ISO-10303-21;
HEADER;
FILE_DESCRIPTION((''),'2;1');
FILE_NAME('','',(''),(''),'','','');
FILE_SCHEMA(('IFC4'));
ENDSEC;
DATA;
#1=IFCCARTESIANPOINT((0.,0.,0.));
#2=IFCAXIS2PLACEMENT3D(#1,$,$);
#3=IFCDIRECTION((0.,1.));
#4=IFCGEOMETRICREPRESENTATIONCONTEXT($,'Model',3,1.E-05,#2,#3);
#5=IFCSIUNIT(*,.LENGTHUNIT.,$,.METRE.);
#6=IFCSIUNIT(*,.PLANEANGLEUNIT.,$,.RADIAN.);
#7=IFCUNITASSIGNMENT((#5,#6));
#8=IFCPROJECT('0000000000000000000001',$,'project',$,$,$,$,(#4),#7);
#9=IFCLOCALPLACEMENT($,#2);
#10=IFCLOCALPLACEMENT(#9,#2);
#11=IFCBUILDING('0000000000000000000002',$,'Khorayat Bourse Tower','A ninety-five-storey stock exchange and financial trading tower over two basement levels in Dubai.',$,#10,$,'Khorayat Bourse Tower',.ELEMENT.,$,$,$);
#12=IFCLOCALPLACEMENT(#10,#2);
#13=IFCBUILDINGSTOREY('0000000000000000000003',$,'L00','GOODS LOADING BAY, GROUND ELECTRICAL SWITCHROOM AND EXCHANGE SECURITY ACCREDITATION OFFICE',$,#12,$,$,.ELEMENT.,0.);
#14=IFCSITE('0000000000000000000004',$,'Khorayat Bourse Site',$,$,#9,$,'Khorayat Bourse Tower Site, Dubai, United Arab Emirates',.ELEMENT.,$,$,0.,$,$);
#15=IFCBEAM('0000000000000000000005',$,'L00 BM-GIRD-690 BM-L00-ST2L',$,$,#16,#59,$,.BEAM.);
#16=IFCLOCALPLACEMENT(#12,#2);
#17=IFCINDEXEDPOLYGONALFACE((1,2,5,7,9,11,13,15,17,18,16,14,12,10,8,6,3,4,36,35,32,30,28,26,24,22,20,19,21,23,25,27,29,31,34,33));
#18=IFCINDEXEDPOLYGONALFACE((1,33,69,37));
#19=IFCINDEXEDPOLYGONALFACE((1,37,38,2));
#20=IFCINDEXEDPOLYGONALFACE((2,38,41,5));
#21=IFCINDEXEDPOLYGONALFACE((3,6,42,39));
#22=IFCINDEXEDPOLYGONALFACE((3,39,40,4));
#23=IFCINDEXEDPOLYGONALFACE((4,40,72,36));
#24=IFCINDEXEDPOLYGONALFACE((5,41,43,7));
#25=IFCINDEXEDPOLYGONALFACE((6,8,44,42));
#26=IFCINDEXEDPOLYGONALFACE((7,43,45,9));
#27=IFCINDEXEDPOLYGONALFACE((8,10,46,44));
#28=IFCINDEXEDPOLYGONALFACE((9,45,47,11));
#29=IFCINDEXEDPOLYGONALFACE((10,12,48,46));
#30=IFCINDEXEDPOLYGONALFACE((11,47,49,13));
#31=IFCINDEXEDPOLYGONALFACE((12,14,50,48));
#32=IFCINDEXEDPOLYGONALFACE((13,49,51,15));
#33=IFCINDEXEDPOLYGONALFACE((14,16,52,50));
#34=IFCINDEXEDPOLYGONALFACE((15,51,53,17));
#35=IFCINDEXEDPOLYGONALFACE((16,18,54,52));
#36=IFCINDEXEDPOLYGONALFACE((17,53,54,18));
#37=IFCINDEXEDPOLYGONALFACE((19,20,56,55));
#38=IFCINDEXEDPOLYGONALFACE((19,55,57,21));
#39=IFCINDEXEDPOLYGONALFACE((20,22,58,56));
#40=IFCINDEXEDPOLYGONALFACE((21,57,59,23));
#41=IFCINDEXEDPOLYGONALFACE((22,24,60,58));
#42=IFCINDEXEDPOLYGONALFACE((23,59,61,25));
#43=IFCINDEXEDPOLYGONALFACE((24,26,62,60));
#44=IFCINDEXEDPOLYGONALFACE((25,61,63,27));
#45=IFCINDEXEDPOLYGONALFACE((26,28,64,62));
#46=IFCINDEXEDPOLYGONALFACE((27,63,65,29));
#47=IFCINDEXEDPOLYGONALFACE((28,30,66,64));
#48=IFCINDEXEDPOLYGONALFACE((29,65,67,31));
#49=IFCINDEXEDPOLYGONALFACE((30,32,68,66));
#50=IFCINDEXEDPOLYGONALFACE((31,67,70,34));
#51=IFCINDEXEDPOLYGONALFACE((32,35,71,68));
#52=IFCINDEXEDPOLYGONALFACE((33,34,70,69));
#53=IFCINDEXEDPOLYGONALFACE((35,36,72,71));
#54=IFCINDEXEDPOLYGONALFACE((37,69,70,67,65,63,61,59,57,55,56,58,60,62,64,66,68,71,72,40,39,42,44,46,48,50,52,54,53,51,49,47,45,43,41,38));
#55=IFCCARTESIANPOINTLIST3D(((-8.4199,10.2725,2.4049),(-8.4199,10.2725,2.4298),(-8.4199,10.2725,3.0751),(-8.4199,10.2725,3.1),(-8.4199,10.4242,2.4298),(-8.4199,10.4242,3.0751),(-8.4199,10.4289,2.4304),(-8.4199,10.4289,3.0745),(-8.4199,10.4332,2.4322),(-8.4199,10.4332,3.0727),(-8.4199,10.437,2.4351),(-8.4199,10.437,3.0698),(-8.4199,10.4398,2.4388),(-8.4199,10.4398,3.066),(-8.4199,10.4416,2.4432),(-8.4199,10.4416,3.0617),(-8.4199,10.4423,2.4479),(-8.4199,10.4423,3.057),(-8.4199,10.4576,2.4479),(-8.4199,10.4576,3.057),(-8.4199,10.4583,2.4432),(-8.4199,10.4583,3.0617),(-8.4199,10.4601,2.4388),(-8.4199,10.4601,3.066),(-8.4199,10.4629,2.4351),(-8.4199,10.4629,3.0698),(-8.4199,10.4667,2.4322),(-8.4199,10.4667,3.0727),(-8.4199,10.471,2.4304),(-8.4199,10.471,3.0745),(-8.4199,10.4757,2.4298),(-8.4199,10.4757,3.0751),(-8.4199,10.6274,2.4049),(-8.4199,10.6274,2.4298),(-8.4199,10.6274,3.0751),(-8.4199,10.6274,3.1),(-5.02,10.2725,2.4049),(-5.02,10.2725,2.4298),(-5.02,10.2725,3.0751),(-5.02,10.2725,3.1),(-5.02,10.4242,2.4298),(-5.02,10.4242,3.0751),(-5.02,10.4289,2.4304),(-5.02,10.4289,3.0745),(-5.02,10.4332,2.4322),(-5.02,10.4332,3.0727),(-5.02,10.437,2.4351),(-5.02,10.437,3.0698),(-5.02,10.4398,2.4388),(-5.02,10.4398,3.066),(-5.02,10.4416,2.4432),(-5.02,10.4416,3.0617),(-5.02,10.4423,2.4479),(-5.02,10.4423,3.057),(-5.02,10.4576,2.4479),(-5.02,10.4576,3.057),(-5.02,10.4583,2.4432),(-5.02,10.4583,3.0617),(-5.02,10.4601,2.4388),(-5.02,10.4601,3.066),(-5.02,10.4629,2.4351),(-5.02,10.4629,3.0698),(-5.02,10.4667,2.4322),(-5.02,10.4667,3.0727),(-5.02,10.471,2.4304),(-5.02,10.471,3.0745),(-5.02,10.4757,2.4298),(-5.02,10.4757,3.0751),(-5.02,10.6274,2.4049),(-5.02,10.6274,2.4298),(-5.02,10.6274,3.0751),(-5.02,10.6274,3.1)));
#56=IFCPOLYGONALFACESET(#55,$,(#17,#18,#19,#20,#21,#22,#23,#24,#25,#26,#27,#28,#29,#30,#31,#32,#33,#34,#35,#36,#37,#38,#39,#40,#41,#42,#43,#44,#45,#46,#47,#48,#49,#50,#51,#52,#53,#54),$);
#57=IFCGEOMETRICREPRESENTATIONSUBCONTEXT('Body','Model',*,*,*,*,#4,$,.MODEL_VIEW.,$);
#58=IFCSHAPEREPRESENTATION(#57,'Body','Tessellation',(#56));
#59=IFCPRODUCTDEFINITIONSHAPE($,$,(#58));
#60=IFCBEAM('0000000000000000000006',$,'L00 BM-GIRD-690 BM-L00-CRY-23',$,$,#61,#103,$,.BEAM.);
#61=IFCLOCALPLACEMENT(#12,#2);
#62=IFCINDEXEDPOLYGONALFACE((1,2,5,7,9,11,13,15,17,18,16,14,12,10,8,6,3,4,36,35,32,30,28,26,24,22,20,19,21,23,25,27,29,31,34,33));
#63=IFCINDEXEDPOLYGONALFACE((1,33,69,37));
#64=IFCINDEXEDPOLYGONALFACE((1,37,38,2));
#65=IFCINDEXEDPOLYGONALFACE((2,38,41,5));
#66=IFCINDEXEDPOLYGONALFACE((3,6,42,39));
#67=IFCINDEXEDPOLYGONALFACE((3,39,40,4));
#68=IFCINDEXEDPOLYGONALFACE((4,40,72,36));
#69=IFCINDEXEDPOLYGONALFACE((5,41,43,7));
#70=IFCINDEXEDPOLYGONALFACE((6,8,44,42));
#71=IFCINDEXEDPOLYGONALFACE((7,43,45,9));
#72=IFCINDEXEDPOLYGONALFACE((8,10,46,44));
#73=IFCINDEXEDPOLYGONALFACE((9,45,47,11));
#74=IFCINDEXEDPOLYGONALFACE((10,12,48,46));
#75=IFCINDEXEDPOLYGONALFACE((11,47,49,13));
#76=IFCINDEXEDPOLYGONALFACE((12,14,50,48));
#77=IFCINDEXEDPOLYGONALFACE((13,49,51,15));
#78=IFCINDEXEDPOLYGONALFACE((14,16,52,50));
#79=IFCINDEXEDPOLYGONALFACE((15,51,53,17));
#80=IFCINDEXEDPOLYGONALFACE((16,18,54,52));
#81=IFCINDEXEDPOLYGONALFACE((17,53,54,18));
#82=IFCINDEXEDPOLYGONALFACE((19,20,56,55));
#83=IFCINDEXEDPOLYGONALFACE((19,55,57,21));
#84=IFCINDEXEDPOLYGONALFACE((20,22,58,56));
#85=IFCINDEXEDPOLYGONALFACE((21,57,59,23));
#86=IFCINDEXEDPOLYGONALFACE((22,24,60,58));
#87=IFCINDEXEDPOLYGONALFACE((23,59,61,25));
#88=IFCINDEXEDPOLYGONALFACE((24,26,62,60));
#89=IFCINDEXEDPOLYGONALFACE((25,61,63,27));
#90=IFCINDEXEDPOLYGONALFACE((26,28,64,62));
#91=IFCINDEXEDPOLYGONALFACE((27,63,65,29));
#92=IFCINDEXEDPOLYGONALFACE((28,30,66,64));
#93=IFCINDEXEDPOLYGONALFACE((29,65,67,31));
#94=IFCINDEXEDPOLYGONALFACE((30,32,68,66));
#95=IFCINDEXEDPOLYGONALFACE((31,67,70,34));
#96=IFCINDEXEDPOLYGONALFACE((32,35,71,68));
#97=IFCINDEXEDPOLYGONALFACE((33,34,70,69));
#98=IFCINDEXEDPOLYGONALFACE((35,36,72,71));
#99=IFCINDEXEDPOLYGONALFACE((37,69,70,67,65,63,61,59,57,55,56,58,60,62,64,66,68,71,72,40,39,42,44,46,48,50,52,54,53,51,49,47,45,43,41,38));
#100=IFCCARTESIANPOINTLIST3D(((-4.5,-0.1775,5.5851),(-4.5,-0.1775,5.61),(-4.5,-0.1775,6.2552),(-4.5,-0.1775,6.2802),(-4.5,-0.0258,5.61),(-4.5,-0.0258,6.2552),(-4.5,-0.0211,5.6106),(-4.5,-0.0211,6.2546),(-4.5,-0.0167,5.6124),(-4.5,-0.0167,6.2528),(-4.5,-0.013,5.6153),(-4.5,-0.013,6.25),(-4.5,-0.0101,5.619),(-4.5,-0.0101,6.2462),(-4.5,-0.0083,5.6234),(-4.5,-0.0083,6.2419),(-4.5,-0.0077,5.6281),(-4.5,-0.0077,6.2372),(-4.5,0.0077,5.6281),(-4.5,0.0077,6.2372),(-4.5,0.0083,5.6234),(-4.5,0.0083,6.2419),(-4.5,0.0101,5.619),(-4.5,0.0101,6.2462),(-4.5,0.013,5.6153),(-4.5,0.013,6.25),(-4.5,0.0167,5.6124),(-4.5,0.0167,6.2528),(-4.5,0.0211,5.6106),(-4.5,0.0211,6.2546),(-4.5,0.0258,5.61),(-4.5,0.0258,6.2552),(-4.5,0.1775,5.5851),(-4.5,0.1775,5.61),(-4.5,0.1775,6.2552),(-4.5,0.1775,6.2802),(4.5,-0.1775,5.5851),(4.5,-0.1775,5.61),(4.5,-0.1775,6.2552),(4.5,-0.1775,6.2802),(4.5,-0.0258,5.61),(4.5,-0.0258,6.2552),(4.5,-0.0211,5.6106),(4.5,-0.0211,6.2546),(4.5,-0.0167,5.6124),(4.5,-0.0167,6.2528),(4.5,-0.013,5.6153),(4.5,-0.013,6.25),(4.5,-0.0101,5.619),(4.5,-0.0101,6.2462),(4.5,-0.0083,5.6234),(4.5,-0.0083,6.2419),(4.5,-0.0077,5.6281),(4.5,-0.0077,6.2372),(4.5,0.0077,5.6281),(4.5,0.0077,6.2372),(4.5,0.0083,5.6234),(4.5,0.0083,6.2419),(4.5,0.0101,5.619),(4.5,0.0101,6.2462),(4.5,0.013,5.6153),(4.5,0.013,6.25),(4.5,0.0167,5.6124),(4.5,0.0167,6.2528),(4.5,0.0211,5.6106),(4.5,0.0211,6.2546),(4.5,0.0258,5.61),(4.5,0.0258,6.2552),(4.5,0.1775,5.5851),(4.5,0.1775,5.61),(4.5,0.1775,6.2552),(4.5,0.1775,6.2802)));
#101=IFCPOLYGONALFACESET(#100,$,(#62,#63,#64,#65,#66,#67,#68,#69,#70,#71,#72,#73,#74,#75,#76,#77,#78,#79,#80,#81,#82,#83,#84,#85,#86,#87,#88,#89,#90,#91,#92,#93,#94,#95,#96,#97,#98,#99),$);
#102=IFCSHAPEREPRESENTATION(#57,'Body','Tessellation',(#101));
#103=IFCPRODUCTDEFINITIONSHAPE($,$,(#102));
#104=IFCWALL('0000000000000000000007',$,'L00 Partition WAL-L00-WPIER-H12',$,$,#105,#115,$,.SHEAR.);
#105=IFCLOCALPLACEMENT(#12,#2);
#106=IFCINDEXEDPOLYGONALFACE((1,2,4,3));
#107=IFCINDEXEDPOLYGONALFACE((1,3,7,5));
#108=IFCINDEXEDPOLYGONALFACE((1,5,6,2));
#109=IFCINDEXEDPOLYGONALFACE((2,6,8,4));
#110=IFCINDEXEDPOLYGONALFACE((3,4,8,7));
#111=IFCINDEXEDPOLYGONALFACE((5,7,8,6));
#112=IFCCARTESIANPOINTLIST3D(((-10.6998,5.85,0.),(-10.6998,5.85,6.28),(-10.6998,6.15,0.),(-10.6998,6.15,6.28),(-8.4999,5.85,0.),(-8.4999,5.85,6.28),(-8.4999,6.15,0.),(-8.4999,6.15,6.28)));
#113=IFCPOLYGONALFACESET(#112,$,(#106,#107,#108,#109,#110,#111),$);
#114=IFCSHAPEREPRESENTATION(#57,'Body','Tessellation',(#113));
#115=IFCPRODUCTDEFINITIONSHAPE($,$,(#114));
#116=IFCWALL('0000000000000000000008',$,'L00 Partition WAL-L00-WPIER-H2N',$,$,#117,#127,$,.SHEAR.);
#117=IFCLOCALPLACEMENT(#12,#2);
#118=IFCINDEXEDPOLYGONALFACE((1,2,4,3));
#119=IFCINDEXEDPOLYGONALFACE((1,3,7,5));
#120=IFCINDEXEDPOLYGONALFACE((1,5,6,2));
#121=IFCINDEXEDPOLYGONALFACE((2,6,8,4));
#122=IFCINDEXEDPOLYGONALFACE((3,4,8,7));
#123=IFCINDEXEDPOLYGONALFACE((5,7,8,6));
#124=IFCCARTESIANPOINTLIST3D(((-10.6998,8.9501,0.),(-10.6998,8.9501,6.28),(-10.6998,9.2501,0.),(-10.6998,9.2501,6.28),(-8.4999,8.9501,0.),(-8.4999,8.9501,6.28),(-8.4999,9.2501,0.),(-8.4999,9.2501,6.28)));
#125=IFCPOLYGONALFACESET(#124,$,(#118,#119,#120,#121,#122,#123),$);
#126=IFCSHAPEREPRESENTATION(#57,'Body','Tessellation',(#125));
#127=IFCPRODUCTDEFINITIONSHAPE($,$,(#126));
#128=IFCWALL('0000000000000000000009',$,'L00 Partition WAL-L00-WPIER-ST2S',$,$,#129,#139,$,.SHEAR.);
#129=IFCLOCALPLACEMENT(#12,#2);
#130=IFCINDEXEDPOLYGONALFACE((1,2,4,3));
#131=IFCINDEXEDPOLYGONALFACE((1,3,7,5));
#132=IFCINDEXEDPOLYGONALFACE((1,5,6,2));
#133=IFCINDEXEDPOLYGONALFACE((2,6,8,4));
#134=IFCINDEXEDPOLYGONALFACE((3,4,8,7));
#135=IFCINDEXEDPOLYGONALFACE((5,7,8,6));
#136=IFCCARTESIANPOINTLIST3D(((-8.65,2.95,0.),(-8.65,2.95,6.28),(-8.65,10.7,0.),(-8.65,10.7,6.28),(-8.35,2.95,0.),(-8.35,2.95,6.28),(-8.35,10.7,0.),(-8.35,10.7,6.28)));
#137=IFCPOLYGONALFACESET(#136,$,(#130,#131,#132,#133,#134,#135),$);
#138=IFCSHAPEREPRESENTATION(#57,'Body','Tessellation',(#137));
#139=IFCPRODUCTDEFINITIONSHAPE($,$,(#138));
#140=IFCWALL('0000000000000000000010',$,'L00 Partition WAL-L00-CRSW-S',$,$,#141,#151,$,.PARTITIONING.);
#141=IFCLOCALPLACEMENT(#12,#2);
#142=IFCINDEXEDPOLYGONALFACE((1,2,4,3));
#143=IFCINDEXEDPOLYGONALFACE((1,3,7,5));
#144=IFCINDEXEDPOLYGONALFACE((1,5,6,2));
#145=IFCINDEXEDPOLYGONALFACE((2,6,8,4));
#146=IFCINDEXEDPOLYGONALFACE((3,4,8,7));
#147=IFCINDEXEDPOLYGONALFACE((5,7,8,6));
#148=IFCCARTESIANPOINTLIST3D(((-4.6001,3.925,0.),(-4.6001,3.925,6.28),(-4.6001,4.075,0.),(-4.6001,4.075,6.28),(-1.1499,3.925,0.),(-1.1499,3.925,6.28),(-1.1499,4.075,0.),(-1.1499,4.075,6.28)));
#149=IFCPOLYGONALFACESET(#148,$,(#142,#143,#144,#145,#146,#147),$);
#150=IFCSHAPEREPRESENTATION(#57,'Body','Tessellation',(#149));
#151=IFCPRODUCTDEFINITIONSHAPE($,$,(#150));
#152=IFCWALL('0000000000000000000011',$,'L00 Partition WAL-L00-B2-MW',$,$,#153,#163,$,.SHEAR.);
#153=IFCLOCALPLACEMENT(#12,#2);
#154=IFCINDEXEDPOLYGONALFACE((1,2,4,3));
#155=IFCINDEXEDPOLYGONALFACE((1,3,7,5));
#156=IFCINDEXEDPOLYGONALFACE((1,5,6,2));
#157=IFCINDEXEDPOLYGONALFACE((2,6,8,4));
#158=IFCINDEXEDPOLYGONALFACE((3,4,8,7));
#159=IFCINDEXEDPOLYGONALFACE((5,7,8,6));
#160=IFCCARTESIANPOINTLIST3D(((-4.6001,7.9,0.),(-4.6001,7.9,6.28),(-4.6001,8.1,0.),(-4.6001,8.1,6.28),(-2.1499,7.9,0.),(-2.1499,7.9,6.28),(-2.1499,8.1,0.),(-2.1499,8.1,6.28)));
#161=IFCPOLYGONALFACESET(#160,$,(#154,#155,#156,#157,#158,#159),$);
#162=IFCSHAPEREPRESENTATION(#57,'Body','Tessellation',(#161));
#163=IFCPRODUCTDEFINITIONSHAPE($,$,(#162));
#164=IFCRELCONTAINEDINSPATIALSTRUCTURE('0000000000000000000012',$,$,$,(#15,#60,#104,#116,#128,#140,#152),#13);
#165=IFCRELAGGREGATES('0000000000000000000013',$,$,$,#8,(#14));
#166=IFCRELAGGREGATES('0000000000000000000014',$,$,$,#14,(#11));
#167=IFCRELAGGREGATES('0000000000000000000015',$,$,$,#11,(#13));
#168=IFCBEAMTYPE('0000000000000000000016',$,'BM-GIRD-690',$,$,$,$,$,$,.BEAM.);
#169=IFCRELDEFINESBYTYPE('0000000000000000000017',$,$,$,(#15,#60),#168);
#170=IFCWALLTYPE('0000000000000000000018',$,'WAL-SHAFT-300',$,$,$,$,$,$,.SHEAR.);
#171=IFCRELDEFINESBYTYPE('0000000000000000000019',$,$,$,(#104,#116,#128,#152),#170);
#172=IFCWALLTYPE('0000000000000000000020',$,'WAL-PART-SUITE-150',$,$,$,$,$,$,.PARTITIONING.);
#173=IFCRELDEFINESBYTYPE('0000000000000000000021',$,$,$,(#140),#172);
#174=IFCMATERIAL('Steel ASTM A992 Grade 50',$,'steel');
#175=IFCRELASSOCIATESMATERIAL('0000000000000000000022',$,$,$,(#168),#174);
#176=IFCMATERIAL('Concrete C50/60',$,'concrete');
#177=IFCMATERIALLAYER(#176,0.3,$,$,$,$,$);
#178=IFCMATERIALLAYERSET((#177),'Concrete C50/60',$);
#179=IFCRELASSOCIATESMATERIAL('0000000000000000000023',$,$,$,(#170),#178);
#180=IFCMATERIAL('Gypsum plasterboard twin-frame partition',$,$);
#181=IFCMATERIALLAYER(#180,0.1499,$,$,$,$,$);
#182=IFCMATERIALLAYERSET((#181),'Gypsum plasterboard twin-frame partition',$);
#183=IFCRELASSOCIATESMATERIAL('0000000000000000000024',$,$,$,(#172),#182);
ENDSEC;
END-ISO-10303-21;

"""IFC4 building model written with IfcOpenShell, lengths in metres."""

from ifc_helpers import new_model, si_unit, direction, frame, frame_2d, origin, origin_2d, place, context, subcontext, project, spatial, rectangle, i_section, extrude, source, transform, mapped, material, layer, layer_set, material_profile, profile_set, type_object, element, save


model = new_model("IFC4")

# Units and contexts
model_context = context("Model", 3, precision=1e-05, world=origin(), true_north=direction((0.0, 1.0)))
body_context = subcontext(model_context, "Body", "Model", "MODEL_VIEW")
ifc_project = project(units=[si_unit("LENGTHUNIT", "METRE"), si_unit("PLANEANGLEUNIT", "RADIAN")], contexts=[model_context])

# Site, building, storey
site_placement = place(None, origin())
site = spatial("IfcSite", under=ifc_project, at=site_placement, Name="Khorayat Bourse Site", LongName="Khorayat Bourse Tower Site, Dubai, United Arab Emirates", CompositionType="ELEMENT", RefElevation=0.0)
building_placement = place(site_placement, origin())
building = spatial("IfcBuilding", under=site, at=building_placement, Name="Khorayat Bourse Tower", Description="A ninety-five-storey stock exchange and financial trading tower over two basement levels in Dubai.", LongName="Khorayat Bourse Tower", CompositionType="ELEMENT")
storey_placement = place(building_placement, origin())
storey = spatial("IfcBuildingStorey", under=building, at=storey_placement, Name="L00", Description="GOODS LOADING BAY, GROUND ELECTRICAL SWITCHROOM AND EXCHANGE SECURITY ACCREDITATION OFFICE", CompositionType="ELEMENT", Elevation=0.0)

# Beams
ifc_material_1 = material(Name="Steel ASTM A992 Grade 50", Category="steel")
ifc_material_profile_1 = material_profile(ifc_material_1, i_section(OverallWidth=0.355, OverallDepth=0.6951, WebThickness=0.0154, FlangeThickness=0.0249, FilletRadius=0.0181, at=origin_2d()), Name="W690X217")
ifc_profile_set_1 = profile_set([ifc_material_profile_1], Name="Steel ASTM A992 Grade 50")
beam_type = type_object("IfcBeamType", Name="BM-GIRD-690", PredefinedType="BEAM", material=ifc_profile_set_1)
shared_shape_1 = source(origin(), body_context, "Body", "SweptSolid", [
    extrude(i_section(OverallWidth=0.355, OverallDepth=0.6951, WebThickness=0.0154, FlangeThickness=0.0249, FilletRadius=0.0181, at=origin_2d()), origin(), (0.0, 0.0, 1.0), 3.3999),
])
beam_1_placement = place(storey_placement, frame((-8.4199, 10.45, 2.7524), z_axis=(1.0, 0.0, 0.0), x_axis=(0.0, 1.0, 0.0)))
element("IfcBeam", 1, at=beam_1_placement, inside=storey, type_object=beam_type, Name="L00 BM-GIRD-690 BM-L00-ST2L", PredefinedType="BEAM", context=body_context, shape_type="MappedRepresentation", body=[
    mapped(shared_shape_1, transform((0.0, 0.0, 0.0), scale=1.0)),
])
shared_shape_2 = source(origin(), body_context, "Body", "SweptSolid", [
    extrude(i_section(OverallWidth=0.355, OverallDepth=0.6951, WebThickness=0.0154, FlangeThickness=0.0249, FilletRadius=0.0181, at=origin_2d()), origin(), (0.0, 0.0, 1.0), 9.0),
])
beam_2_placement = place(storey_placement, frame((-4.5, 0.0, 5.9326), z_axis=(1.0, 0.0, 0.0), x_axis=(0.0, 1.0, 0.0)))
element("IfcBeam", 2, at=beam_2_placement, inside=storey, type_object=beam_type, Name="L00 BM-GIRD-690 BM-L00-CRY-23", PredefinedType="BEAM", context=body_context, shape_type="MappedRepresentation", body=[
    mapped(shared_shape_2, transform((0.0, 0.0, 0.0), scale=1.0)),
])

# Walls
ifc_material_2 = material(Name="Concrete C50/60", Category="concrete")
ifc_layer_1 = layer(ifc_material_2, 0.3)
ifc_layer_set_1 = layer_set([ifc_layer_1], Name="Concrete C50/60")
wall_type_1 = type_object("IfcWallType", Name="WAL-SHAFT-300", PredefinedType="SHEAR", material=ifc_layer_set_1)
shared_shape_3 = source(origin(), body_context, "Body", "SweptSolid", [
    extrude(rectangle(XDim=2.2, YDim=0.3, at=frame_2d((1.1001, 0.0))), origin(), (0.0, 0.0, 1.0), 6.28),
])
for number, where, z_axis, x_axis, name in (
    (3, (-10.7, 6.0, 0.0), (0.0, 0.0, 1.0), (1.0, 0.0, 0.0), "L00 Partition WAL-L00-WPIER-H12"),
    (4, (-10.7, 9.1001, 0.0), (0.0, 0.0, 1.0), (1.0, 0.0, 0.0), "L00 Partition WAL-L00-WPIER-H2N"),
):
    element("IfcWall", number, at=place(storey_placement, frame(where, z_axis=z_axis, x_axis=x_axis)), inside=storey, type_object=wall_type_1, Name=name, PredefinedType="SHEAR", context=body_context, shape_type="MappedRepresentation", body=[
        mapped(shared_shape_3, transform((0.0, 0.0, 0.0), scale=1.0)),
    ])
shared_shape_4 = source(origin(), body_context, "Body", "SweptSolid", [
    extrude(rectangle(XDim=7.75, YDim=0.3, at=frame_2d((3.875, 0.0))), origin(), (0.0, 0.0, 1.0), 6.28),
])
wall_1_placement = place(storey_placement, frame((-8.5, 2.95, 0.0), z_axis=(0.0, 0.0, 1.0), x_axis=(0.0, 1.0, 0.0)))
element("IfcWall", 5, at=wall_1_placement, inside=storey, type_object=wall_type_1, Name="L00 Partition WAL-L00-WPIER-ST2S", PredefinedType="SHEAR", context=body_context, shape_type="MappedRepresentation", body=[
    mapped(shared_shape_4, transform((0.0, 0.0, 0.0), scale=1.0)),
])
ifc_material_3 = material(Name="Gypsum plasterboard twin-frame partition")
ifc_layer_2 = layer(ifc_material_3, 0.1499)
ifc_layer_set_2 = layer_set([ifc_layer_2], Name="Gypsum plasterboard twin-frame partition")
wall_type_2 = type_object("IfcWallType", Name="WAL-PART-SUITE-150", PredefinedType="PARTITIONING", material=ifc_layer_set_2)
shared_shape_5 = source(origin(), body_context, "Body", "SweptSolid", [
    extrude(rectangle(XDim=3.4502, YDim=0.1499, at=frame_2d((1.7251, 0.0))), origin(), (0.0, 0.0, 1.0), 6.28),
])
wall_2_placement = place(storey_placement, frame((-4.6001, 4.0, 0.0), z_axis=(0.0, 0.0, 1.0), x_axis=(1.0, 0.0, 0.0)))
element("IfcWall", 6, at=wall_2_placement, inside=storey, type_object=wall_type_2, Name="L00 Partition WAL-L00-CRSW-S", PredefinedType="PARTITIONING", context=body_context, shape_type="MappedRepresentation", body=[
    mapped(shared_shape_5, transform((0.0, 0.0, 0.0), scale=1.0)),
])
shared_shape_6 = source(origin(), body_context, "Body", "SweptSolid", [
    extrude(rectangle(XDim=2.4502, YDim=0.2, at=frame_2d((1.2251, 0.0))), origin(), (0.0, 0.0, 1.0), 6.28),
])
wall_3_placement = place(storey_placement, frame((-4.6001, 8.0, 0.0), z_axis=(0.0, 0.0, 1.0), x_axis=(1.0, 0.0, 0.0)))
element("IfcWall", 7, at=wall_3_placement, inside=storey, type_object=wall_type_1, Name="L00 Partition WAL-L00-B2-MW", PredefinedType="SHEAR", context=body_context, shape_type="MappedRepresentation", body=[
    mapped(shared_shape_6, transform((0.0, 0.0, 0.0), scale=1.0)),
])

save(model, "model.ifc")
